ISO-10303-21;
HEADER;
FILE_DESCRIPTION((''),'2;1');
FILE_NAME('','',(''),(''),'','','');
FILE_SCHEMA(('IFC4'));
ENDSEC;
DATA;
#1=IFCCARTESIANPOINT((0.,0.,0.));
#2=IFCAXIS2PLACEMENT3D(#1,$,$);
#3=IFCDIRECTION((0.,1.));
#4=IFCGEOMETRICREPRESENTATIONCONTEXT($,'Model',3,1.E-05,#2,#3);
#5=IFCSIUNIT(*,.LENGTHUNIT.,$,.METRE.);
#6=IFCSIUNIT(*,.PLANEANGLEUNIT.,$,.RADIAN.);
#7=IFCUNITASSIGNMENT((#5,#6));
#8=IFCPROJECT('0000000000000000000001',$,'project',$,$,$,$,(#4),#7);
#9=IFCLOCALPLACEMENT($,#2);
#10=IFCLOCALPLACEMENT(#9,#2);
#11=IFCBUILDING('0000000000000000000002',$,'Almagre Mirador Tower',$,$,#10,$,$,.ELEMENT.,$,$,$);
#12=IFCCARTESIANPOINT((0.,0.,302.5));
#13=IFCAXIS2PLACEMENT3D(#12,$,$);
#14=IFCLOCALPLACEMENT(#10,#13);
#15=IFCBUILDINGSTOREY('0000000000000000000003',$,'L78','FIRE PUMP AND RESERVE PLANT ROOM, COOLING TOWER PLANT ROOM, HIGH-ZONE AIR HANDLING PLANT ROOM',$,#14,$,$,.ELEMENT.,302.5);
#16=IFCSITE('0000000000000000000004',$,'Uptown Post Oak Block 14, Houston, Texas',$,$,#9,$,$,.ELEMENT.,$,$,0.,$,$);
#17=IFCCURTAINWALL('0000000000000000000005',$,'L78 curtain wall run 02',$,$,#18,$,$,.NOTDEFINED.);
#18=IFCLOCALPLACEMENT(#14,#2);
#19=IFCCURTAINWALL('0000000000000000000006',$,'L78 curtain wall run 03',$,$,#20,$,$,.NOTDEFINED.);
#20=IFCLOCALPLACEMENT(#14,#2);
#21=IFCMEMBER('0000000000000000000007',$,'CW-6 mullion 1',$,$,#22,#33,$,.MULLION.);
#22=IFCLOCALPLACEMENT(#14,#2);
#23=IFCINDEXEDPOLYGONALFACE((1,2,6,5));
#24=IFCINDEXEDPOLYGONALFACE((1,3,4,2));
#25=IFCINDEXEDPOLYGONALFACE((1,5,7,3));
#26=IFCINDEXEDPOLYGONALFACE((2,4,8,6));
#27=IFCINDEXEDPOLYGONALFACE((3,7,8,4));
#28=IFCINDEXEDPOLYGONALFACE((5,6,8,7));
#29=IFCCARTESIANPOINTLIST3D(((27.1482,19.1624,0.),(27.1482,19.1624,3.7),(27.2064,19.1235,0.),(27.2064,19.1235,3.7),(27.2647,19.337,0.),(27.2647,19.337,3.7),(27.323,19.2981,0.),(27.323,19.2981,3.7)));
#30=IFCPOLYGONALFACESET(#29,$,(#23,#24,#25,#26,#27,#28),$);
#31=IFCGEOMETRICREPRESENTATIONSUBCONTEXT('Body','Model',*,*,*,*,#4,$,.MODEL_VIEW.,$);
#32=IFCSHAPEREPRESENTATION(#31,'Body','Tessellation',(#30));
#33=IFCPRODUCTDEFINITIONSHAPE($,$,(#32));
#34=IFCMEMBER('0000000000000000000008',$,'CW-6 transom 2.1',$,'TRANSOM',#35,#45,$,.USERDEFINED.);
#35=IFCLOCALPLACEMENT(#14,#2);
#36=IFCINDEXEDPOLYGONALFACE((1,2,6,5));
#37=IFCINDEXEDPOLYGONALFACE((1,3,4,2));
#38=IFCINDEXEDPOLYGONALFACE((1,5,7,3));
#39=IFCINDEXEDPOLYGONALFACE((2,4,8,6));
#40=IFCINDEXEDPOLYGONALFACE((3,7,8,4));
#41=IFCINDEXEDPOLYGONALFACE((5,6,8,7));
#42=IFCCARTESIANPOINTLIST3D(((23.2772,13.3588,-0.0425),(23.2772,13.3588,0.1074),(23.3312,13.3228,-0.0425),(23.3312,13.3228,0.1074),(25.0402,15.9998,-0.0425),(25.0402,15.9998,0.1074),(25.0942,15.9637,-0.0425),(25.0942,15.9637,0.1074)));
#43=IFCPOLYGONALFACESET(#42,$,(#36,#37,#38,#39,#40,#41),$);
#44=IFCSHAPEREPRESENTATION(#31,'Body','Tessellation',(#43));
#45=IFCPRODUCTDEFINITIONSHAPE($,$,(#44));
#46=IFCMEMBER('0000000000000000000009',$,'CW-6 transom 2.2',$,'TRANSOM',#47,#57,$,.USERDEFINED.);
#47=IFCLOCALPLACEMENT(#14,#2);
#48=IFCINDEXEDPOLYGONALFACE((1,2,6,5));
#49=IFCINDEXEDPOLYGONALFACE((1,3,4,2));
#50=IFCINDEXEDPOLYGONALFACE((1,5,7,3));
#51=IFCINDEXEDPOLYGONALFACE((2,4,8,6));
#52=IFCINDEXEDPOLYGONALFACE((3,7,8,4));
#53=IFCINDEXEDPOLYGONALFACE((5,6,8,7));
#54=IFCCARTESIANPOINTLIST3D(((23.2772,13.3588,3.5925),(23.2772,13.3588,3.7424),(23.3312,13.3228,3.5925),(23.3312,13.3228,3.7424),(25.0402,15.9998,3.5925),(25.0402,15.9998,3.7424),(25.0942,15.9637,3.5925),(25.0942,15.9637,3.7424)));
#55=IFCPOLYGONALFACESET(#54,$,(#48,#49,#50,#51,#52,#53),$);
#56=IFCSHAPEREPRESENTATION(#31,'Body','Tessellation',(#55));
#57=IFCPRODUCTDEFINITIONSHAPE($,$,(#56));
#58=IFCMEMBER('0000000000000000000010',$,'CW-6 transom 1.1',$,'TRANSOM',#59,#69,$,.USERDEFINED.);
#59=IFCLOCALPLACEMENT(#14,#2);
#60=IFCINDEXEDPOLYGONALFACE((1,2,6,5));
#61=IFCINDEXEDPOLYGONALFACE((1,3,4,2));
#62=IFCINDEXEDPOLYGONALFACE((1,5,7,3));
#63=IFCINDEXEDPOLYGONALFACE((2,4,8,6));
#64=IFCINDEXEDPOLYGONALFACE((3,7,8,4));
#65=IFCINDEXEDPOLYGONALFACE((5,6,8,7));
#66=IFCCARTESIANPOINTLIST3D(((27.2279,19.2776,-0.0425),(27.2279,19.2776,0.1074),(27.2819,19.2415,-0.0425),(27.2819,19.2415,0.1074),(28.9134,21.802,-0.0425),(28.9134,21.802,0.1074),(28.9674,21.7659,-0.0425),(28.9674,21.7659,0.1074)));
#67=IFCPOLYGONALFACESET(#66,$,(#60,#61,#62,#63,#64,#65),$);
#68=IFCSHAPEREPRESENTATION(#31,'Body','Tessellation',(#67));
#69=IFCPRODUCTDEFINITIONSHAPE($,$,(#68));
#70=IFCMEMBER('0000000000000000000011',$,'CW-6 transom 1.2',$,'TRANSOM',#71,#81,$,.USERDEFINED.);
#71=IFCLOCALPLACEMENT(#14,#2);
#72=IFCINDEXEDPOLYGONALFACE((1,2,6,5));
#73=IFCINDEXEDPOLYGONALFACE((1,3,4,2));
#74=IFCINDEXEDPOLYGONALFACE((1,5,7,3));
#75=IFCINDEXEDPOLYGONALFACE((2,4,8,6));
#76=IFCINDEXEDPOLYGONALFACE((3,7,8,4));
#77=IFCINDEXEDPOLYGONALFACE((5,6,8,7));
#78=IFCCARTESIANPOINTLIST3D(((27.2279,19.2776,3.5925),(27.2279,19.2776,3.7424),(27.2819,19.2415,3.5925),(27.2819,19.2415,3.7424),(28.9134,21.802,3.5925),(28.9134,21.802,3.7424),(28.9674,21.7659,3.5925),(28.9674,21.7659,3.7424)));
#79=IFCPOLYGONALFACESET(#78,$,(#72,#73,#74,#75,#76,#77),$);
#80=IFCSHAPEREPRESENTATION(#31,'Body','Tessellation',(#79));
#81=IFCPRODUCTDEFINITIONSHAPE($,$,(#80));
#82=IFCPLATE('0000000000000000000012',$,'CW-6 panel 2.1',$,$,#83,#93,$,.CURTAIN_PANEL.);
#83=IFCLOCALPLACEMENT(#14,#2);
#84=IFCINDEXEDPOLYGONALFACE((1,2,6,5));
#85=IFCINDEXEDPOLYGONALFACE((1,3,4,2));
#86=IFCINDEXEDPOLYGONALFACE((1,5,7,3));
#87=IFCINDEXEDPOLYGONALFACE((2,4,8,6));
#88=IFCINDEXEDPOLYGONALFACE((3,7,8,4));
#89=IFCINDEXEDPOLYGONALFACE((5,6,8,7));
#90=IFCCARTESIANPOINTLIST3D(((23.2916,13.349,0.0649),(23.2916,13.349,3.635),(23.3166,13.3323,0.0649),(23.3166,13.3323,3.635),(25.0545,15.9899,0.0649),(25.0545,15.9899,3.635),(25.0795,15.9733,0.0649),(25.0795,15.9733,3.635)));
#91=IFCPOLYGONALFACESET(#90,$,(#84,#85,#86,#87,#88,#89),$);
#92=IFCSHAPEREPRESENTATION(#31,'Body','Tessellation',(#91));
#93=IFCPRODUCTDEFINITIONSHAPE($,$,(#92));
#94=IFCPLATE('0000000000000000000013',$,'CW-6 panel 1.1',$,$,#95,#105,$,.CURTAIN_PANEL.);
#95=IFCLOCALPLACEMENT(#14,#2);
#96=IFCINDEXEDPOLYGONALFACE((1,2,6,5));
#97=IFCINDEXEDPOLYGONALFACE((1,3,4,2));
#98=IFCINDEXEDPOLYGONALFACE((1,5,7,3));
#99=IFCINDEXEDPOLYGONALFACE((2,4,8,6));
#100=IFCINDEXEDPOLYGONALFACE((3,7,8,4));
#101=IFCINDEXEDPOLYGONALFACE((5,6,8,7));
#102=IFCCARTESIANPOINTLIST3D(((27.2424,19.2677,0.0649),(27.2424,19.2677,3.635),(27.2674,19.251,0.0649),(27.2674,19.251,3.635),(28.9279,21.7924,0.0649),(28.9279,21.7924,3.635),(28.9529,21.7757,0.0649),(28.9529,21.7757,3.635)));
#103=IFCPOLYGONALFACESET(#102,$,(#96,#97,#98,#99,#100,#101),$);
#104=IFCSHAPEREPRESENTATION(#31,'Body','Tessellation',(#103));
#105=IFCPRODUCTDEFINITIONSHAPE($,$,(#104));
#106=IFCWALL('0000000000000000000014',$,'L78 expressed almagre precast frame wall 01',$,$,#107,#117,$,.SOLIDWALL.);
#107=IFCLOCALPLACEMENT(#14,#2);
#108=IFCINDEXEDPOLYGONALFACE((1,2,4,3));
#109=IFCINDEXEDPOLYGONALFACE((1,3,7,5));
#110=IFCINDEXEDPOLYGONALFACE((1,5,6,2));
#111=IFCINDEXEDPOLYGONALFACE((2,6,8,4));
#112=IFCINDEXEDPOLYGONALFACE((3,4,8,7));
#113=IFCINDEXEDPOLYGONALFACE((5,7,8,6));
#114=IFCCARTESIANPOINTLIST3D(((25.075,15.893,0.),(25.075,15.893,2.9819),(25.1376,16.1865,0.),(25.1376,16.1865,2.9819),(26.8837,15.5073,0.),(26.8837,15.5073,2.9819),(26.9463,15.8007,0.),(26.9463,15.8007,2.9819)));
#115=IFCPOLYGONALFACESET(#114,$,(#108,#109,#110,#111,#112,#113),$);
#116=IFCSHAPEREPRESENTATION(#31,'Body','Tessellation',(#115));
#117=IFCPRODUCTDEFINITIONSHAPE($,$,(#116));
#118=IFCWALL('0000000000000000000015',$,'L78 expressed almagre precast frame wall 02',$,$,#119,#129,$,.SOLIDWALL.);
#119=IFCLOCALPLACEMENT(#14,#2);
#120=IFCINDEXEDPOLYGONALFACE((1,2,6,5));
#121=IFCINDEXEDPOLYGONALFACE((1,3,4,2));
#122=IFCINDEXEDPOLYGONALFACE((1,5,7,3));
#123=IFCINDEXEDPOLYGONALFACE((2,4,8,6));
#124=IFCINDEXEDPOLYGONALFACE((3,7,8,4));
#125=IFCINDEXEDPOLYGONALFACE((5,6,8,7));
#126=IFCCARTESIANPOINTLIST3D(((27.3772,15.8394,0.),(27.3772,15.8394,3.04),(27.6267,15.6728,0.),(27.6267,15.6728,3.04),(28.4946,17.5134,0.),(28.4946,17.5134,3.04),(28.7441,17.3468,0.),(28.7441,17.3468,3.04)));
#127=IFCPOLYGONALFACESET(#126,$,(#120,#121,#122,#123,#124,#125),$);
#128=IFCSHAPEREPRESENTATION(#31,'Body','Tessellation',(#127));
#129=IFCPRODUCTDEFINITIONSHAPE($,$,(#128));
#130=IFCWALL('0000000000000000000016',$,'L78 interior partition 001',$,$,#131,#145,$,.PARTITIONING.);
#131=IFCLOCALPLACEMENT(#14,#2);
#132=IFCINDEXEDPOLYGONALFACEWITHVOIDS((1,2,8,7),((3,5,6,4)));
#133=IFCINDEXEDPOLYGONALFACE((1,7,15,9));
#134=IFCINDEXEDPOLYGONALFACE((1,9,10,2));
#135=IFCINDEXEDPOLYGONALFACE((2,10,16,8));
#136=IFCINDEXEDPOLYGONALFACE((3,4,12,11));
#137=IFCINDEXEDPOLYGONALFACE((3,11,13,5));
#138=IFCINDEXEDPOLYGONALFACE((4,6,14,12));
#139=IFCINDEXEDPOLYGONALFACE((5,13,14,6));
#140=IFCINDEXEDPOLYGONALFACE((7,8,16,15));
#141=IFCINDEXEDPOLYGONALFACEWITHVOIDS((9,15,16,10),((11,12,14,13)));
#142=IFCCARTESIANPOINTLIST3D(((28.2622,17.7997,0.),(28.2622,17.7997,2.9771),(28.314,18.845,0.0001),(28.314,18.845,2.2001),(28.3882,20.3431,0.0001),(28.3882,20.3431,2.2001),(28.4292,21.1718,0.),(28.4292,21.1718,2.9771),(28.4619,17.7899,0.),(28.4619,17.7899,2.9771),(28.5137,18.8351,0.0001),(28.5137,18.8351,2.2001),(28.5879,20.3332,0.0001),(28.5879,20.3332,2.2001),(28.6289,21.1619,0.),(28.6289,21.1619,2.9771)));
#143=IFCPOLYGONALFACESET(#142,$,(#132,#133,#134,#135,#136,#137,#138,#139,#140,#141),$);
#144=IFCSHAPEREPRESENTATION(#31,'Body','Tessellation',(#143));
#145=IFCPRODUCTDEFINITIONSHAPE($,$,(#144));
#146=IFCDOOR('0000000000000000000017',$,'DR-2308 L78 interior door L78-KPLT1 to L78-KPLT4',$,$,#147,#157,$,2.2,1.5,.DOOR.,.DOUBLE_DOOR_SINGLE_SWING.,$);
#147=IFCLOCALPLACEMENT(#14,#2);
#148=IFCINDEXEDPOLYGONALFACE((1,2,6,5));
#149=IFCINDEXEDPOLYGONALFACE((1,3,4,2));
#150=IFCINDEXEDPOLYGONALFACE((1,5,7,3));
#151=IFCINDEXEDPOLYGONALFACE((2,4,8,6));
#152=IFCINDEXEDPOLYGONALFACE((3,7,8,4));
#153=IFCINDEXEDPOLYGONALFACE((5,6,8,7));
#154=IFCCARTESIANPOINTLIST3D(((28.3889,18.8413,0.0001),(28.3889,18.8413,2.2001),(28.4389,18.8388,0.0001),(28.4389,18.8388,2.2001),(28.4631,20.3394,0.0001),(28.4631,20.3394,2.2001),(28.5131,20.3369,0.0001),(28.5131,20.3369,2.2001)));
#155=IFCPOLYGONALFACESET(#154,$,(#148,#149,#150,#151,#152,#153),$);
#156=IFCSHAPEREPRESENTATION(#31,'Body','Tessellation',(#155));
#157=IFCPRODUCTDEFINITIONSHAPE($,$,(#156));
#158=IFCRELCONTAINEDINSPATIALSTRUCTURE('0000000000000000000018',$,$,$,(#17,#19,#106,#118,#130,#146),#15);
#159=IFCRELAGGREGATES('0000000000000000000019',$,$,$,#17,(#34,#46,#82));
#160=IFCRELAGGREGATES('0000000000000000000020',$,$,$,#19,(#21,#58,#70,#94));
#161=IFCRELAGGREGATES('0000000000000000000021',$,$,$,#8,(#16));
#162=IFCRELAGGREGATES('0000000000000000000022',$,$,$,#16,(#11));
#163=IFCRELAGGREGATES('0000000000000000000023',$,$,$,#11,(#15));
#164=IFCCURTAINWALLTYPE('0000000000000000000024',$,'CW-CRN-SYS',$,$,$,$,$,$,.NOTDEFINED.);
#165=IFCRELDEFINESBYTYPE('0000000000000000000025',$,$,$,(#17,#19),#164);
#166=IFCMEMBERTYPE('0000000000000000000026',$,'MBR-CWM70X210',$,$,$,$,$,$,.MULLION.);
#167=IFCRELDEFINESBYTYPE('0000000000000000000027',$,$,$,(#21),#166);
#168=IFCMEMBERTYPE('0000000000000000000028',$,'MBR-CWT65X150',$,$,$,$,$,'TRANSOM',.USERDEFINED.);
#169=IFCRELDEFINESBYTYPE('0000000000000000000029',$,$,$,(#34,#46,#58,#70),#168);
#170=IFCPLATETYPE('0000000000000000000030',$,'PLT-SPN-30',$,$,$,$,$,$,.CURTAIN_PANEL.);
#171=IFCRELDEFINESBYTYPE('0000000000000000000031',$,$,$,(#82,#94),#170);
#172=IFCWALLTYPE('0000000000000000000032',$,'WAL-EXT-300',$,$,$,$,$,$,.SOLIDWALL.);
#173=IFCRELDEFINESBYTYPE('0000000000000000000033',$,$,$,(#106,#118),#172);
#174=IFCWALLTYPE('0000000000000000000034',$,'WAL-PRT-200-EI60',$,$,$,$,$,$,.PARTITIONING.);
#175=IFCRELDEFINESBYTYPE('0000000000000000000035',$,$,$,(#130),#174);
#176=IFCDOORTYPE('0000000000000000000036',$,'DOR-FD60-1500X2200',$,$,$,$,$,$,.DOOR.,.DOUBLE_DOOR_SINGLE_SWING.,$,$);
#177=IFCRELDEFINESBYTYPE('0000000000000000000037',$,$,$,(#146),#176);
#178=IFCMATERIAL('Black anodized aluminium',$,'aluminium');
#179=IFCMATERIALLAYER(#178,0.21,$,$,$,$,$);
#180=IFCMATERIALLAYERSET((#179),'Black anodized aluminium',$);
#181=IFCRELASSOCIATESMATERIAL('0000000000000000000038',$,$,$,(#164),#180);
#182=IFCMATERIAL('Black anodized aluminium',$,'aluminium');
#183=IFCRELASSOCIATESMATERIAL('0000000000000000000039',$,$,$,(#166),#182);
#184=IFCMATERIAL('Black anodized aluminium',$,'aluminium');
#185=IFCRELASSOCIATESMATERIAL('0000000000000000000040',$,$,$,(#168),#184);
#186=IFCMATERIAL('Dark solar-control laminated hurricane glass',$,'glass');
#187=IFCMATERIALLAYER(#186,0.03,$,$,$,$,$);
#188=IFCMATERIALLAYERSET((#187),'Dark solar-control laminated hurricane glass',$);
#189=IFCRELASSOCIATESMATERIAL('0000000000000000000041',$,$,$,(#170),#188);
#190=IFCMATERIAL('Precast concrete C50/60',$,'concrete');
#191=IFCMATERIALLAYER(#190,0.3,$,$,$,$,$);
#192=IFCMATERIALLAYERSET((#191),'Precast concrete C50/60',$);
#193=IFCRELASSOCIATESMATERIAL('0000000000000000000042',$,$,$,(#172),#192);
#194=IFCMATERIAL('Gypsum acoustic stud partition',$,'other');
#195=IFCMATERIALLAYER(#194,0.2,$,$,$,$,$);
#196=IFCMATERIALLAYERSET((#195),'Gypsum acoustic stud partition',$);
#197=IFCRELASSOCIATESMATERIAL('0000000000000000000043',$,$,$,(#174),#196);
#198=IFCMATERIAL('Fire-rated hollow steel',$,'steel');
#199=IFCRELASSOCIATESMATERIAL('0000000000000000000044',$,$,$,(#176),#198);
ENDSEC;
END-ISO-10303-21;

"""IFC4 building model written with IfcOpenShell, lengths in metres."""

from ifc_helpers import new_model, si_unit, direction, frame, frame_2d, origin, origin_2d, place, context, subcontext, project, spatial, rectangle, extrude, material, layer, layer_set, material_profile, profile_set, type_object, element, fill, aggregate, save


model = new_model("IFC4")

# Units and contexts
model_context = context("Model", 3, precision=1e-05, world=origin(), true_north=direction((0.0, 1.0)))
body_context = subcontext(model_context, "Body", "Model", "MODEL_VIEW")
ifc_project = project(units=[si_unit("LENGTHUNIT", "METRE"), si_unit("PLANEANGLEUNIT", "RADIAN")], contexts=[model_context])

# Site, building, storey
site_placement = place(None, origin())
site = spatial("IfcSite", under=ifc_project, at=site_placement, Name="Uptown Post Oak Block 14, Houston, Texas", CompositionType="ELEMENT", RefElevation=0.0)
building_placement = place(site_placement, origin())
building = spatial("IfcBuilding", under=site, at=building_placement, Name="Almagre Mirador Tower", CompositionType="ELEMENT")
storey_placement = place(building_placement, frame((0.0, 0.0, 302.5)))
storey = spatial("IfcBuildingStorey", under=building, at=storey_placement, Name="L78", Description="FIRE PUMP AND RESERVE PLANT ROOM, COOLING TOWER PLANT ROOM, HIGH-ZONE AIR HANDLING PLANT ROOM", CompositionType="ELEMENT", Elevation=302.5)

# Curtain wall
ifc_material_1 = material(Name="Black anodized aluminium", Category="aluminium")
ifc_layer_1 = layer(ifc_material_1, 0.21)
ifc_layer_set_1 = layer_set([ifc_layer_1], Name="Black anodized aluminium")
curtain_wall_type = type_object("IfcCurtainWallType", Name="CW-CRN-SYS", PredefinedType="NOTDEFINED", material=ifc_layer_set_1)
curtain_wall_1_placement = place(storey_placement, origin())
curtain_wall_1 = element("IfcCurtainWall", 1, at=curtain_wall_1_placement, inside=storey, type_object=curtain_wall_type, Name="L78 curtain wall run 02", PredefinedType="NOTDEFINED")
ifc_material_2 = material(Name="Black anodized aluminium", Category="aluminium")
ifc_material_profile_1 = material_profile(ifc_material_2, rectangle(XDim=0.0701, YDim=0.21, at=origin_2d()), Name="CWM70X210")
ifc_profile_set_1 = profile_set([ifc_material_profile_1], Name="Black anodized aluminium")
member_type_1 = type_object("IfcMemberType", Name="MBR-CWM70X210", PredefinedType="MULLION", material=ifc_profile_set_1)

# Curtain wall, member
curtain_wall_2_placement = place(storey_placement, origin())
curtain_wall_2 = element("IfcCurtainWall", 2, at=curtain_wall_2_placement, inside=storey, type_object=curtain_wall_type, Name="L78 curtain wall run 03", PredefinedType="NOTDEFINED")
member_1_placement = place(storey_placement, frame((27.2356, 19.2302, 0.0), z_axis=(0.0, 0.0, 1.0), x_axis=(-0.831683, 0.555251, 0.0)))
member_1 = element("IfcMember", 3, at=member_1_placement, type_object=member_type_1, Name="CW-6 mullion 1", PredefinedType="MULLION", context=body_context, shape_type="SweptSolid", body=[
    extrude(rectangle(XDim=0.0701, YDim=0.21, at=origin_2d()), origin(), (0.0, 0.0, 1.0), 3.7),
])

# Members
ifc_material_3 = material(Name="Black anodized aluminium", Category="aluminium")
ifc_material_profile_2 = material_profile(ifc_material_3, rectangle(XDim=0.0649, YDim=0.1499, at=origin_2d()), Name="CWT65X150")
ifc_profile_set_2 = profile_set([ifc_material_profile_2], Name="Black anodized aluminium")
member_type_2 = type_object("IfcMemberType", Name="MBR-CWT65X150", ElementType="TRANSOM", PredefinedType="USERDEFINED", material=ifc_profile_set_2)
member_2_placement = place(storey_placement, frame((23.3042, 13.3408, 0.0325), z_axis=(0.555215, 0.831707, 0.0), x_axis=(-0.831707, 0.555215, 0.0)))
member_2 = element("IfcMember", 4, at=member_2_placement, type_object=member_type_2, Name="CW-6 transom 2.1", ObjectType="TRANSOM", PredefinedType="USERDEFINED", context=body_context, shape_type="SweptSolid", body=[
    extrude(rectangle(XDim=0.0649, YDim=0.1499, at=origin_2d()), origin(), (0.0, 0.0, 1.0), 3.1753),
])
member_3_placement = place(storey_placement, frame((23.3042, 13.3408, 3.6675), z_axis=(0.555215, 0.831707, 0.0), x_axis=(-0.831707, 0.555215, 0.0)))
member_3 = element("IfcMember", 5, at=member_3_placement, type_object=member_type_2, Name="CW-6 transom 2.2", ObjectType="TRANSOM", PredefinedType="USERDEFINED", context=body_context, shape_type="SweptSolid", body=[
    extrude(rectangle(XDim=0.0649, YDim=0.1499, at=origin_2d()), origin(), (0.0, 0.0, 1.0), 3.1753),
])
member_4_placement = place(storey_placement, frame((27.2549, 19.2595, 0.0325), z_axis=(0.555294, 0.831654, 0.0), x_axis=(-0.831654, 0.555294, 0.0)))
member_4 = element("IfcMember", 6, at=member_4_placement, type_object=member_type_2, Name="CW-6 transom 1.1", ObjectType="TRANSOM", PredefinedType="USERDEFINED", context=body_context, shape_type="SweptSolid", body=[
    extrude(rectangle(XDim=0.0649, YDim=0.1499, at=origin_2d()), origin(), (0.0, 0.0, 1.0), 3.0354),
])
member_5_placement = place(storey_placement, frame((27.2549, 19.2595, 3.6675), z_axis=(0.555294, 0.831654, 0.0), x_axis=(-0.831654, 0.555294, 0.0)))
member_5 = element("IfcMember", 7, at=member_5_placement, type_object=member_type_2, Name="CW-6 transom 1.2", ObjectType="TRANSOM", PredefinedType="USERDEFINED", context=body_context, shape_type="SweptSolid", body=[
    extrude(rectangle(XDim=0.0649, YDim=0.1499, at=origin_2d()), origin(), (0.0, 0.0, 1.0), 3.0354),
])

# Plates
ifc_material_4 = material(Name="Dark solar-control laminated hurricane glass", Category="glass")
ifc_layer_2 = layer(ifc_material_4, 0.03)
ifc_layer_set_2 = layer_set([ifc_layer_2], Name="Dark solar-control laminated hurricane glass")
plate_type = type_object("IfcPlateType", Name="PLT-SPN-30", PredefinedType="CURTAIN_PANEL", material=ifc_layer_set_2)
plate_1_placement = place(storey_placement, frame((24.1855, 14.6611, 0.0649), z_axis=(0.0, 0.0, 1.0), x_axis=(0.555214, 0.831708, 0.0)))
plate_1 = element("IfcPlate", 8, at=plate_1_placement, type_object=plate_type, Name="CW-6 panel 2.1", PredefinedType="CURTAIN_PANEL", context=body_context, shape_type="SweptSolid", body=[
    extrude(rectangle(XDim=3.1753, YDim=0.03, at=origin_2d()), origin(), (0.0, 0.0, 1.0), 3.5701),
])
aggregate(curtain_wall_1, [member_2, member_3, plate_1])
plate_2_placement = place(storey_placement, frame((28.0977, 20.5217, 0.0649), z_axis=(0.0, 0.0, 1.0), x_axis=(0.555251, 0.831683, 0.0)))
plate_2 = element("IfcPlate", 9, at=plate_2_placement, type_object=plate_type, Name="CW-6 panel 1.1", PredefinedType="CURTAIN_PANEL", context=body_context, shape_type="SweptSolid", body=[
    extrude(rectangle(XDim=3.0356, YDim=0.03, at=origin_2d()), origin(), (0.0, 0.0, 1.0), 3.5701),
])
aggregate(curtain_wall_2, [member_1, member_4, member_5, plate_2])

# Walls
ifc_material_5 = material(Name="Precast concrete C50/60", Category="concrete")
ifc_layer_3 = layer(ifc_material_5, 0.3)
ifc_layer_set_3 = layer_set([ifc_layer_3], Name="Precast concrete C50/60")
wall_type_1 = type_object("IfcWallType", Name="WAL-EXT-300", PredefinedType="SOLIDWALL", material=ifc_layer_set_3)
wall_1_placement = place(storey_placement, frame((25.1062, 16.0398, 0.0), z_axis=(0.0, 0.0, 1.0), x_axis=(0.978003, -0.208591, 0.0)))
element("IfcWall", 10, at=wall_1_placement, inside=storey, type_object=wall_type_1, Name="L78 expressed almagre precast frame wall 01", PredefinedType="SOLIDWALL", context=body_context, shape_type="SweptSolid", body=[
    extrude(rectangle(XDim=1.8494, YDim=0.3, at=frame_2d((0.9248, 0.0))), origin(), (0.0, 0.0, 1.0), 2.9819),
])
wall_2_placement = place(storey_placement, frame((27.502, 15.7561, 0.0), z_axis=(0.0, 0.0, 1.0), x_axis=(0.555176, 0.831733, 0.0)))
element("IfcWall", 11, at=wall_2_placement, inside=storey, type_object=wall_type_1, Name="L78 expressed almagre precast frame wall 02", PredefinedType="SOLIDWALL", context=body_context, shape_type="SweptSolid", body=[
    extrude(rectangle(XDim=2.0127, YDim=0.3, at=frame_2d((1.0063, 0.0))), origin(), (0.0, 0.0, 1.0), 3.04),
])

# Wall, opening, door
ifc_material_6 = material(Name="Gypsum acoustic stud partition", Category="other")
ifc_layer_4 = layer(ifc_material_6, 0.2)
ifc_layer_set_4 = layer_set([ifc_layer_4], Name="Gypsum acoustic stud partition")
wall_type_2 = type_object("IfcWallType", Name="WAL-PRT-200-EI60", PredefinedType="PARTITIONING", material=ifc_layer_set_4)
wall_3_placement = place(storey_placement, frame((28.3621, 17.7949, 0.0), z_axis=(0.0, 0.0, 1.0), x_axis=(0.049462, 0.998776, 0.0)))
wall_3 = element("IfcWall", 12, at=wall_3_placement, inside=storey, type_object=wall_type_2, Name="L78 interior partition 001", PredefinedType="PARTITIONING", context=body_context, shape_type="SweptSolid", body=[
    extrude(rectangle(XDim=3.3762, YDim=0.2, at=frame_2d((1.688, 0.0))), origin(), (0.0, 0.0, 1.0), 2.9771),
])
opening_1_placement = place(wall_3_placement, frame((1.0464, 0.0, 0.0)))
opening_1 = element("IfcOpeningElement", 13, at=opening_1_placement, cuts=wall_3, PredefinedType="OPENING", context=body_context, shape_type="SweptSolid", body=[
    extrude(rectangle(XDim=1.5, YDim=2.2, at=frame_2d((0.75, 1.1001))), frame((0.0, 0.1101, 0.0), z_axis=(0.0, -1.0, 0.0), x_axis=(1.0, 0.0, 0.0)), (0.0, 0.0, 1.0), 0.22),
])
ifc_material_7 = material(Name="Fire-rated hollow steel", Category="steel")
door_type_1 = type_object("IfcDoorType", Name="DOR-FD60-1500X2200", OperationType="DOUBLE_DOOR_SINGLE_SWING", PredefinedType="DOOR", material=ifc_material_7)
door_1_placement = place(opening_1_placement, origin())
door_1 = element("IfcDoor", 14, at=door_1_placement, inside=storey, type_object=door_type_1, Name="DR-2308 L78 interior door L78-KPLT1 to L78-KPLT4", OperationType="DOUBLE_DOOR_SINGLE_SWING", OverallHeight=2.2, OverallWidth=1.5, PredefinedType="DOOR", context=body_context, shape_type="SweptSolid", body=[
    extrude(rectangle(XDim=1.5, YDim=2.2, at=frame_2d((0.75, 1.1001))), frame((0.0, 0.0249, 0.0), z_axis=(0.0, -1.0, 0.0), x_axis=(1.0, 0.0, 0.0)), (0.0, 0.0, 1.0), 0.05),
])
fill(opening_1, door_1)

save(model, "model.ifc")
